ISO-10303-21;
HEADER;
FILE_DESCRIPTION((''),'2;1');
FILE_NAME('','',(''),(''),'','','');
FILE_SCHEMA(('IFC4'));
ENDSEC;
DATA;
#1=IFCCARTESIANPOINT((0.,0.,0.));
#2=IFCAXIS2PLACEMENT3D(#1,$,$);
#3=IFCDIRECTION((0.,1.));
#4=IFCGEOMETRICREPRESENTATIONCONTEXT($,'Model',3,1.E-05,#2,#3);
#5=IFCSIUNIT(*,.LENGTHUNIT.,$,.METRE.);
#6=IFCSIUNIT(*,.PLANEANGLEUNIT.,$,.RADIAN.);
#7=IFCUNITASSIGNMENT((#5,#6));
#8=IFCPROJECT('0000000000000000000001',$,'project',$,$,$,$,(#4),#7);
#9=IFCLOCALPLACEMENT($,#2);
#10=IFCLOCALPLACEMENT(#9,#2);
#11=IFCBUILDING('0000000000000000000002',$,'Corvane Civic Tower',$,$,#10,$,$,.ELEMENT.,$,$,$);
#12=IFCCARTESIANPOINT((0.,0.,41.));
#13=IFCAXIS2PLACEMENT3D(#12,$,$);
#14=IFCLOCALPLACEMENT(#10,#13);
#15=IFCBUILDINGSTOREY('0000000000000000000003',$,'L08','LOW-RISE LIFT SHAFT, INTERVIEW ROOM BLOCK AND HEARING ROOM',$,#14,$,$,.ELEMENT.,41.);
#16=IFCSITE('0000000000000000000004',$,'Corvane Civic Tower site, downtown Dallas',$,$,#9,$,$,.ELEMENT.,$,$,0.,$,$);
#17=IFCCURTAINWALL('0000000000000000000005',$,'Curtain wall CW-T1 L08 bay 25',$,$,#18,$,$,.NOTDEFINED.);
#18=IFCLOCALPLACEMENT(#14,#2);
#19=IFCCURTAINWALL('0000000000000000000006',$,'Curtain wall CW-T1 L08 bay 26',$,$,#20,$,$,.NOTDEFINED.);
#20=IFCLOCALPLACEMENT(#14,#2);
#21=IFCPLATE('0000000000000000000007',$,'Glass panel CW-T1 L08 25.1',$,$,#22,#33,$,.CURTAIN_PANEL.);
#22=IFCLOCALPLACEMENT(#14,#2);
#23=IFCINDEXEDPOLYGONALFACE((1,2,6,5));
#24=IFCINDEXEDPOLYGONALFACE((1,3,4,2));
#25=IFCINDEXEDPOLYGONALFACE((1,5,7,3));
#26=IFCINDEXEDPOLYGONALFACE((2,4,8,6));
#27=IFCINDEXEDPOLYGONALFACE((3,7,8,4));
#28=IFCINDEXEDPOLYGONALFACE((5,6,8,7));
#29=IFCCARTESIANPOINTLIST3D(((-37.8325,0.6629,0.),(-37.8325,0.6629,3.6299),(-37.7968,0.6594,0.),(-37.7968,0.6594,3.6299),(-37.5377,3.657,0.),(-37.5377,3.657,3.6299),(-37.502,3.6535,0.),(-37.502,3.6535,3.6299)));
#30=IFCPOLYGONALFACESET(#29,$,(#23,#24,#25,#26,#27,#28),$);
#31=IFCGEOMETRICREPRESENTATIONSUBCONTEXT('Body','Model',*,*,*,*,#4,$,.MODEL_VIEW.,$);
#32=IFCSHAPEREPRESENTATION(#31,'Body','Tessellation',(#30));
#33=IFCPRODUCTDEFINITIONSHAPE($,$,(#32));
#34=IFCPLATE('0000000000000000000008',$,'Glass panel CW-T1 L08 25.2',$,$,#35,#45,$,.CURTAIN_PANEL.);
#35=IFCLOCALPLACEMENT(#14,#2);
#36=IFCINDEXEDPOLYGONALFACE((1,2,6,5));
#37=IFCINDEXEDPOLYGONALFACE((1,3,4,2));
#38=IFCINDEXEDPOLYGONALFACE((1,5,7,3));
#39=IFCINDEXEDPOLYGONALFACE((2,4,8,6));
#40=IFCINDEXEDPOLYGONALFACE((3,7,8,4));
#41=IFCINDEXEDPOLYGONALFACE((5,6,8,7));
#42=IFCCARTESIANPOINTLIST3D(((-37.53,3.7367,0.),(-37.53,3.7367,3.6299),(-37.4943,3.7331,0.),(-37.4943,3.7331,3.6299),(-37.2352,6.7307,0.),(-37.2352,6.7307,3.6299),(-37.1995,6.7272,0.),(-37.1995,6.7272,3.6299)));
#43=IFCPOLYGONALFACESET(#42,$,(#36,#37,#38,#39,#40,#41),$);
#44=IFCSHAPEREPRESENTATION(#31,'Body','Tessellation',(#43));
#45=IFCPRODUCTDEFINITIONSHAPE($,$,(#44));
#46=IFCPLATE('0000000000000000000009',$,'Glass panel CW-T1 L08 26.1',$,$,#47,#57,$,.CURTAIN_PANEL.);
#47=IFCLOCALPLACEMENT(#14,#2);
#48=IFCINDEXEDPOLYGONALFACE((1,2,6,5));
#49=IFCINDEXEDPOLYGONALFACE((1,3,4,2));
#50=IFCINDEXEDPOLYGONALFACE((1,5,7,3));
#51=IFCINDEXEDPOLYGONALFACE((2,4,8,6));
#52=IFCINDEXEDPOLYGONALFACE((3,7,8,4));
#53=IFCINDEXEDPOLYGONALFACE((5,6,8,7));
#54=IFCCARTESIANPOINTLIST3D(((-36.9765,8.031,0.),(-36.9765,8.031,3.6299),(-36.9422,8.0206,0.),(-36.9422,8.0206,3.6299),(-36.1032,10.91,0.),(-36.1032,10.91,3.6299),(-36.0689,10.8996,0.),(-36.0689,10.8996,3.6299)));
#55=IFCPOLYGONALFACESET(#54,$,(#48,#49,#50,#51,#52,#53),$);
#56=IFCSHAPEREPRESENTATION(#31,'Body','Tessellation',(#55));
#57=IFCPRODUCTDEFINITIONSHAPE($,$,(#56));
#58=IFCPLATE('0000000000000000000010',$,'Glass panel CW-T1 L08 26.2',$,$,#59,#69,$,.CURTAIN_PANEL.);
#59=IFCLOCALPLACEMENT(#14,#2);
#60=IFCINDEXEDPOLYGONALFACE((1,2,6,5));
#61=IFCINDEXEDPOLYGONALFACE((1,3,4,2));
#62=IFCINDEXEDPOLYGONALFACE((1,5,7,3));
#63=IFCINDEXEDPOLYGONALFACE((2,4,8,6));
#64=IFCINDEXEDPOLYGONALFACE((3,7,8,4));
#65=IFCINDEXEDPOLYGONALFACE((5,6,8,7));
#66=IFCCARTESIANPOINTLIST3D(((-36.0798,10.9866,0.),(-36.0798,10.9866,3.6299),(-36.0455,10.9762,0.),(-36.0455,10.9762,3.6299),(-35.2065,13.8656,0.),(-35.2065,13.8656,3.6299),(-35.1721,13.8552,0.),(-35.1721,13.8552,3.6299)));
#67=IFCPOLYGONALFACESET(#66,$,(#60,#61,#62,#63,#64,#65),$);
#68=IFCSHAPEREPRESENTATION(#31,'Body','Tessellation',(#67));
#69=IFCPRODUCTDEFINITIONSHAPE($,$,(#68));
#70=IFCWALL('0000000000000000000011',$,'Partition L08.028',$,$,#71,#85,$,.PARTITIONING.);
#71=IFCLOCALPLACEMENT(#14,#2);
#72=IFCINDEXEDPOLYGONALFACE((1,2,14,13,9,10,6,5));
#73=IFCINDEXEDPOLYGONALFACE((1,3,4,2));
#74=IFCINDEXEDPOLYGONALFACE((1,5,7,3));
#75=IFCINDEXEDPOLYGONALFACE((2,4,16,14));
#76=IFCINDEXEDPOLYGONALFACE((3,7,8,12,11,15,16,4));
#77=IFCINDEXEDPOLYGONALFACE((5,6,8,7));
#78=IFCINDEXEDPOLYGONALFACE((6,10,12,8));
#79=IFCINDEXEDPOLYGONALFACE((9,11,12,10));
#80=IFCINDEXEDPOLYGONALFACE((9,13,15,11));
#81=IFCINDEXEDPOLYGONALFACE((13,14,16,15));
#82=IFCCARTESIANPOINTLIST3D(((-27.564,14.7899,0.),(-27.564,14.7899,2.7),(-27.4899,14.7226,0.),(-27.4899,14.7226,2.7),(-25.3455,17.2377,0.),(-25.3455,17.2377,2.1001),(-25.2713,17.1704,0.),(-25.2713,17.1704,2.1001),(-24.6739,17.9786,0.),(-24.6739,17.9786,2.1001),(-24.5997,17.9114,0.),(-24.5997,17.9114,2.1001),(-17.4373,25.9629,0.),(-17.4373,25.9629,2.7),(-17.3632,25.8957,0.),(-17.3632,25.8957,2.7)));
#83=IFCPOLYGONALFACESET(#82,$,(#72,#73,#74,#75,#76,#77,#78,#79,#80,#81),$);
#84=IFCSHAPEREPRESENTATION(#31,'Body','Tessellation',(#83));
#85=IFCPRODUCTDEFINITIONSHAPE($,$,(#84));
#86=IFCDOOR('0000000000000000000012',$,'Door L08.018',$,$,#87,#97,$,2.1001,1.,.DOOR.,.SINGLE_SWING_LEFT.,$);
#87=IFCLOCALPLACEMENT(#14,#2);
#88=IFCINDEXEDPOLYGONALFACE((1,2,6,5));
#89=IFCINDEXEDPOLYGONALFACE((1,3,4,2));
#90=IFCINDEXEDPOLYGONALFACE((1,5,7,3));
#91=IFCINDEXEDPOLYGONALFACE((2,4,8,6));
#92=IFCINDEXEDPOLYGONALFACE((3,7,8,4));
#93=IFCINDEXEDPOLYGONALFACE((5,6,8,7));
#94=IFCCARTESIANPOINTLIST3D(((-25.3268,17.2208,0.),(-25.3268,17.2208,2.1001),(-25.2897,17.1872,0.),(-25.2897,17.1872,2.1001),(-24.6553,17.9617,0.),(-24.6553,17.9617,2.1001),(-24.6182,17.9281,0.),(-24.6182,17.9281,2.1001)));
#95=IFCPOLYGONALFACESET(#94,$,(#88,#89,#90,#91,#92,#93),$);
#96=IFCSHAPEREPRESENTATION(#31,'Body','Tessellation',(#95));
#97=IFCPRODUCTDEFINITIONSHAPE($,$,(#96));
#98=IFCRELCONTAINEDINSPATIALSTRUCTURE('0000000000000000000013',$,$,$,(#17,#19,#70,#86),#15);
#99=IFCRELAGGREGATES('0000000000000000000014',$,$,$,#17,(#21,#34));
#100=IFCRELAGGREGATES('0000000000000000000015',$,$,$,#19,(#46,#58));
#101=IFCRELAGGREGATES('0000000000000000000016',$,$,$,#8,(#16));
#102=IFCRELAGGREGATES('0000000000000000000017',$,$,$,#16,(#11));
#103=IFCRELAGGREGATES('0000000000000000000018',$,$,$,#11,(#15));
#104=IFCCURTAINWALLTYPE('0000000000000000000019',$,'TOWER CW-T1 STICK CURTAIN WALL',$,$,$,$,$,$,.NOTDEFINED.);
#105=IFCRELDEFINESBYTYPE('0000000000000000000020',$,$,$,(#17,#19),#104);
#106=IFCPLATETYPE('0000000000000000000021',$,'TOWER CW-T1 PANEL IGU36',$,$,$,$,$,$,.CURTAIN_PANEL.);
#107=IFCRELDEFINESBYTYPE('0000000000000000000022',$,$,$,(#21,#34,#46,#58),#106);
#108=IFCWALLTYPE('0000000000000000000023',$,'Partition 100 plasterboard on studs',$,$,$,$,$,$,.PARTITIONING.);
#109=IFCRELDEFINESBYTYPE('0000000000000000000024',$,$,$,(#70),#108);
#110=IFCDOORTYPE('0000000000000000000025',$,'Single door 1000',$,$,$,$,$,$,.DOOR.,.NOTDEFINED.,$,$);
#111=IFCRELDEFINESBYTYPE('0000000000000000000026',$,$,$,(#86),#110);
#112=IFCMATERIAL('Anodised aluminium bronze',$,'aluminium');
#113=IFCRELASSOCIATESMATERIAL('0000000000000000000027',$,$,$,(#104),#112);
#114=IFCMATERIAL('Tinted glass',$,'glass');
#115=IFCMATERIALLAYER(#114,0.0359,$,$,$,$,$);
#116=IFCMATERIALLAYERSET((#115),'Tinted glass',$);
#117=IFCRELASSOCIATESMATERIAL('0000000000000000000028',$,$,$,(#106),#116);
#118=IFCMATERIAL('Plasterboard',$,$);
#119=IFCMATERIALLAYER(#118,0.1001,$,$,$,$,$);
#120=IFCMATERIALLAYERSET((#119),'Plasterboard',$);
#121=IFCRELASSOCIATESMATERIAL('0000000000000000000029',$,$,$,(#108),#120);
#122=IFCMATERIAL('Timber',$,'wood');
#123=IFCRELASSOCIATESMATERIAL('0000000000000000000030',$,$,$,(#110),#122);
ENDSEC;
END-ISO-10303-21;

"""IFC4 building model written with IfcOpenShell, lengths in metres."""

from ifc_helpers import new_model, si_unit, direction, frame, frame_2d, origin, origin_2d, place, context, subcontext, project, spatial, rectangle, extrude, material, layer, layer_set, type_object, element, fill, aggregate, save


model = new_model("IFC4")

# Units and contexts
model_context = context("Model", 3, precision=1e-05, world=origin(), true_north=direction((0.0, 1.0)))
body_context = subcontext(model_context, "Body", "Model", "MODEL_VIEW")
ifc_project = project(units=[si_unit("LENGTHUNIT", "METRE"), si_unit("PLANEANGLEUNIT", "RADIAN")], contexts=[model_context])

# Site, building, storey
site_placement = place(None, origin())
site = spatial("IfcSite", under=ifc_project, at=site_placement, Name="Corvane Civic Tower site, downtown Dallas", CompositionType="ELEMENT", RefElevation=0.0)
building_placement = place(site_placement, origin())
building = spatial("IfcBuilding", under=site, at=building_placement, Name="Corvane Civic Tower", CompositionType="ELEMENT")
storey_placement = place(building_placement, frame((0.0, 0.0, 41.0)))
storey = spatial("IfcBuildingStorey", under=building, at=storey_placement, Name="L08", Description="LOW-RISE LIFT SHAFT, INTERVIEW ROOM BLOCK AND HEARING ROOM", CompositionType="ELEMENT", Elevation=41.0)

# Curtain walls
ifc_material_1 = material(Name="Anodised aluminium bronze", Category="aluminium")
curtain_wall_type = type_object("IfcCurtainWallType", Name="TOWER CW-T1 STICK CURTAIN WALL", PredefinedType="NOTDEFINED", material=ifc_material_1)
curtain_wall_1_placement = place(storey_placement, origin())
curtain_wall_1 = element("IfcCurtainWall", 1, at=curtain_wall_1_placement, inside=storey, type_object=curtain_wall_type, Name="Curtain wall CW-T1 L08 bay 25", PredefinedType="NOTDEFINED")
curtain_wall_2_placement = place(storey_placement, origin())
curtain_wall_2 = element("IfcCurtainWall", 2, at=curtain_wall_2_placement, inside=storey, type_object=curtain_wall_type, Name="Curtain wall CW-T1 L08 bay 26", PredefinedType="NOTDEFINED")

# Shared definitions
ifc_material_2 = material(Name="Tinted glass", Category="glass")
ifc_layer_1 = layer(ifc_material_2, 0.0359)
ifc_layer_set_1 = layer_set([ifc_layer_1], Name="Tinted glass")
plate_type = type_object("IfcPlateType", Name="TOWER CW-T1 PANEL IGU36", PredefinedType="CURTAIN_PANEL", material=ifc_layer_set_1)

# Plates
plate_1_placement = place(storey_placement, frame((-37.6672, 2.1582, 0.0), z_axis=(0.0, 0.0, 1.0), x_axis=(0.098006, 0.995186, 0.0)))
plate_1 = element("IfcPlate", 3, at=plate_1_placement, type_object=plate_type, Name="Glass panel CW-T1 L08 25.1", PredefinedType="CURTAIN_PANEL", context=body_context, shape_type="SweptSolid", body=[
    extrude(rectangle(XDim=3.0085, YDim=0.0359, at=origin_2d()), origin(), (0.0, 0.0, 1.0), 3.6299),
])
plate_2_placement = place(storey_placement, frame((-37.3647, 5.2319, 0.0), z_axis=(0.0, 0.0, 1.0), x_axis=(0.098006, 0.995186, 0.0)))
plate_2 = element("IfcPlate", 4, at=plate_2_placement, type_object=plate_type, Name="Glass panel CW-T1 L08 25.2", PredefinedType="CURTAIN_PANEL", context=body_context, shape_type="SweptSolid", body=[
    extrude(rectangle(XDim=3.0085, YDim=0.0359, at=origin_2d()), origin(), (0.0, 0.0, 1.0), 3.6299),
])
aggregate(curtain_wall_1, [plate_1, plate_2])
plate_3_placement = place(storey_placement, frame((-36.5227, 9.4653, 0.0), z_axis=(0.0, 0.0, 1.0), x_axis=(0.290278, 0.956942, 0.0)))
plate_3 = element("IfcPlate", 5, at=plate_3_placement, type_object=plate_type, Name="Glass panel CW-T1 L08 26.1", PredefinedType="CURTAIN_PANEL", context=body_context, shape_type="SweptSolid", body=[
    extrude(rectangle(XDim=3.0085, YDim=0.0359, at=origin_2d()), origin(), (0.0, 0.0, 1.0), 3.6299),
])
plate_4_placement = place(storey_placement, frame((-35.626, 12.4209, 0.0), z_axis=(0.0, 0.0, 1.0), x_axis=(0.290278, 0.956942, 0.0)))
plate_4 = element("IfcPlate", 6, at=plate_4_placement, type_object=plate_type, Name="Glass panel CW-T1 L08 26.2", PredefinedType="CURTAIN_PANEL", context=body_context, shape_type="SweptSolid", body=[
    extrude(rectangle(XDim=3.0085, YDim=0.0359, at=origin_2d()), origin(), (0.0, 0.0, 1.0), 3.6299),
])
aggregate(curtain_wall_2, [plate_3, plate_4])

# Wall, opening, door
ifc_material_3 = material(Name="Plasterboard")
ifc_layer_2 = layer(ifc_material_3, 0.1001)
ifc_layer_set_2 = layer_set([ifc_layer_2], Name="Plasterboard")
wall_type = type_object("IfcWallType", Name="Partition 100 plasterboard on studs", PredefinedType="PARTITIONING", material=ifc_layer_set_2)
wall_placement = place(storey_placement, frame((-27.5269, 14.7563, 0.0), z_axis=(0.0, 0.0, 1.0), x_axis=(0.671559, 0.740951, 0.0)))
wall = element("IfcWall", 7, at=wall_placement, inside=storey, type_object=wall_type, Name="Partition L08.028", PredefinedType="PARTITIONING", context=body_context, shape_type="SweptSolid", body=[
    extrude(rectangle(XDim=15.0793, YDim=0.1001, at=frame_2d((7.5396, 0.0))), origin(), (0.0, 0.0, 1.0), 2.7),
])
opening_placement = place(wall_placement, frame((3.3035, 0.0, 0.0)))
opening = element("IfcOpeningElement", 8, at=opening_placement, cuts=wall, PredefinedType="OPENING", context=body_context, shape_type="SweptSolid", body=[
    extrude(rectangle(XDim=1.0, YDim=2.1001, at=frame_2d((0.5, 1.05))), frame((0.0, 0.0601, 0.0), z_axis=(0.0, -1.0, 0.0), x_axis=(1.0, 0.0, 0.0)), (0.0, 0.0, 1.0), 0.1201),
])
ifc_material_4 = material(Name="Timber", Category="wood")
door_type = type_object("IfcDoorType", Name="Single door 1000", OperationType="NOTDEFINED", PredefinedType="DOOR", material=ifc_material_4)
door_placement = place(opening_placement, origin())
door = element("IfcDoor", 9, at=door_placement, inside=storey, type_object=door_type, Name="Door L08.018", OperationType="SINGLE_SWING_LEFT", OverallHeight=2.1001, OverallWidth=1.0, PredefinedType="DOOR", context=body_context, shape_type="SweptSolid", body=[
    extrude(rectangle(XDim=1.0, YDim=2.1001, at=frame_2d((0.5, 1.05))), frame((0.0, 0.0249, 0.0), z_axis=(0.0, -1.0, 0.0), x_axis=(1.0, 0.0, 0.0)), (0.0, 0.0, 1.0), 0.05),
])
fill(opening, door)

save(model, "model.ifc")
